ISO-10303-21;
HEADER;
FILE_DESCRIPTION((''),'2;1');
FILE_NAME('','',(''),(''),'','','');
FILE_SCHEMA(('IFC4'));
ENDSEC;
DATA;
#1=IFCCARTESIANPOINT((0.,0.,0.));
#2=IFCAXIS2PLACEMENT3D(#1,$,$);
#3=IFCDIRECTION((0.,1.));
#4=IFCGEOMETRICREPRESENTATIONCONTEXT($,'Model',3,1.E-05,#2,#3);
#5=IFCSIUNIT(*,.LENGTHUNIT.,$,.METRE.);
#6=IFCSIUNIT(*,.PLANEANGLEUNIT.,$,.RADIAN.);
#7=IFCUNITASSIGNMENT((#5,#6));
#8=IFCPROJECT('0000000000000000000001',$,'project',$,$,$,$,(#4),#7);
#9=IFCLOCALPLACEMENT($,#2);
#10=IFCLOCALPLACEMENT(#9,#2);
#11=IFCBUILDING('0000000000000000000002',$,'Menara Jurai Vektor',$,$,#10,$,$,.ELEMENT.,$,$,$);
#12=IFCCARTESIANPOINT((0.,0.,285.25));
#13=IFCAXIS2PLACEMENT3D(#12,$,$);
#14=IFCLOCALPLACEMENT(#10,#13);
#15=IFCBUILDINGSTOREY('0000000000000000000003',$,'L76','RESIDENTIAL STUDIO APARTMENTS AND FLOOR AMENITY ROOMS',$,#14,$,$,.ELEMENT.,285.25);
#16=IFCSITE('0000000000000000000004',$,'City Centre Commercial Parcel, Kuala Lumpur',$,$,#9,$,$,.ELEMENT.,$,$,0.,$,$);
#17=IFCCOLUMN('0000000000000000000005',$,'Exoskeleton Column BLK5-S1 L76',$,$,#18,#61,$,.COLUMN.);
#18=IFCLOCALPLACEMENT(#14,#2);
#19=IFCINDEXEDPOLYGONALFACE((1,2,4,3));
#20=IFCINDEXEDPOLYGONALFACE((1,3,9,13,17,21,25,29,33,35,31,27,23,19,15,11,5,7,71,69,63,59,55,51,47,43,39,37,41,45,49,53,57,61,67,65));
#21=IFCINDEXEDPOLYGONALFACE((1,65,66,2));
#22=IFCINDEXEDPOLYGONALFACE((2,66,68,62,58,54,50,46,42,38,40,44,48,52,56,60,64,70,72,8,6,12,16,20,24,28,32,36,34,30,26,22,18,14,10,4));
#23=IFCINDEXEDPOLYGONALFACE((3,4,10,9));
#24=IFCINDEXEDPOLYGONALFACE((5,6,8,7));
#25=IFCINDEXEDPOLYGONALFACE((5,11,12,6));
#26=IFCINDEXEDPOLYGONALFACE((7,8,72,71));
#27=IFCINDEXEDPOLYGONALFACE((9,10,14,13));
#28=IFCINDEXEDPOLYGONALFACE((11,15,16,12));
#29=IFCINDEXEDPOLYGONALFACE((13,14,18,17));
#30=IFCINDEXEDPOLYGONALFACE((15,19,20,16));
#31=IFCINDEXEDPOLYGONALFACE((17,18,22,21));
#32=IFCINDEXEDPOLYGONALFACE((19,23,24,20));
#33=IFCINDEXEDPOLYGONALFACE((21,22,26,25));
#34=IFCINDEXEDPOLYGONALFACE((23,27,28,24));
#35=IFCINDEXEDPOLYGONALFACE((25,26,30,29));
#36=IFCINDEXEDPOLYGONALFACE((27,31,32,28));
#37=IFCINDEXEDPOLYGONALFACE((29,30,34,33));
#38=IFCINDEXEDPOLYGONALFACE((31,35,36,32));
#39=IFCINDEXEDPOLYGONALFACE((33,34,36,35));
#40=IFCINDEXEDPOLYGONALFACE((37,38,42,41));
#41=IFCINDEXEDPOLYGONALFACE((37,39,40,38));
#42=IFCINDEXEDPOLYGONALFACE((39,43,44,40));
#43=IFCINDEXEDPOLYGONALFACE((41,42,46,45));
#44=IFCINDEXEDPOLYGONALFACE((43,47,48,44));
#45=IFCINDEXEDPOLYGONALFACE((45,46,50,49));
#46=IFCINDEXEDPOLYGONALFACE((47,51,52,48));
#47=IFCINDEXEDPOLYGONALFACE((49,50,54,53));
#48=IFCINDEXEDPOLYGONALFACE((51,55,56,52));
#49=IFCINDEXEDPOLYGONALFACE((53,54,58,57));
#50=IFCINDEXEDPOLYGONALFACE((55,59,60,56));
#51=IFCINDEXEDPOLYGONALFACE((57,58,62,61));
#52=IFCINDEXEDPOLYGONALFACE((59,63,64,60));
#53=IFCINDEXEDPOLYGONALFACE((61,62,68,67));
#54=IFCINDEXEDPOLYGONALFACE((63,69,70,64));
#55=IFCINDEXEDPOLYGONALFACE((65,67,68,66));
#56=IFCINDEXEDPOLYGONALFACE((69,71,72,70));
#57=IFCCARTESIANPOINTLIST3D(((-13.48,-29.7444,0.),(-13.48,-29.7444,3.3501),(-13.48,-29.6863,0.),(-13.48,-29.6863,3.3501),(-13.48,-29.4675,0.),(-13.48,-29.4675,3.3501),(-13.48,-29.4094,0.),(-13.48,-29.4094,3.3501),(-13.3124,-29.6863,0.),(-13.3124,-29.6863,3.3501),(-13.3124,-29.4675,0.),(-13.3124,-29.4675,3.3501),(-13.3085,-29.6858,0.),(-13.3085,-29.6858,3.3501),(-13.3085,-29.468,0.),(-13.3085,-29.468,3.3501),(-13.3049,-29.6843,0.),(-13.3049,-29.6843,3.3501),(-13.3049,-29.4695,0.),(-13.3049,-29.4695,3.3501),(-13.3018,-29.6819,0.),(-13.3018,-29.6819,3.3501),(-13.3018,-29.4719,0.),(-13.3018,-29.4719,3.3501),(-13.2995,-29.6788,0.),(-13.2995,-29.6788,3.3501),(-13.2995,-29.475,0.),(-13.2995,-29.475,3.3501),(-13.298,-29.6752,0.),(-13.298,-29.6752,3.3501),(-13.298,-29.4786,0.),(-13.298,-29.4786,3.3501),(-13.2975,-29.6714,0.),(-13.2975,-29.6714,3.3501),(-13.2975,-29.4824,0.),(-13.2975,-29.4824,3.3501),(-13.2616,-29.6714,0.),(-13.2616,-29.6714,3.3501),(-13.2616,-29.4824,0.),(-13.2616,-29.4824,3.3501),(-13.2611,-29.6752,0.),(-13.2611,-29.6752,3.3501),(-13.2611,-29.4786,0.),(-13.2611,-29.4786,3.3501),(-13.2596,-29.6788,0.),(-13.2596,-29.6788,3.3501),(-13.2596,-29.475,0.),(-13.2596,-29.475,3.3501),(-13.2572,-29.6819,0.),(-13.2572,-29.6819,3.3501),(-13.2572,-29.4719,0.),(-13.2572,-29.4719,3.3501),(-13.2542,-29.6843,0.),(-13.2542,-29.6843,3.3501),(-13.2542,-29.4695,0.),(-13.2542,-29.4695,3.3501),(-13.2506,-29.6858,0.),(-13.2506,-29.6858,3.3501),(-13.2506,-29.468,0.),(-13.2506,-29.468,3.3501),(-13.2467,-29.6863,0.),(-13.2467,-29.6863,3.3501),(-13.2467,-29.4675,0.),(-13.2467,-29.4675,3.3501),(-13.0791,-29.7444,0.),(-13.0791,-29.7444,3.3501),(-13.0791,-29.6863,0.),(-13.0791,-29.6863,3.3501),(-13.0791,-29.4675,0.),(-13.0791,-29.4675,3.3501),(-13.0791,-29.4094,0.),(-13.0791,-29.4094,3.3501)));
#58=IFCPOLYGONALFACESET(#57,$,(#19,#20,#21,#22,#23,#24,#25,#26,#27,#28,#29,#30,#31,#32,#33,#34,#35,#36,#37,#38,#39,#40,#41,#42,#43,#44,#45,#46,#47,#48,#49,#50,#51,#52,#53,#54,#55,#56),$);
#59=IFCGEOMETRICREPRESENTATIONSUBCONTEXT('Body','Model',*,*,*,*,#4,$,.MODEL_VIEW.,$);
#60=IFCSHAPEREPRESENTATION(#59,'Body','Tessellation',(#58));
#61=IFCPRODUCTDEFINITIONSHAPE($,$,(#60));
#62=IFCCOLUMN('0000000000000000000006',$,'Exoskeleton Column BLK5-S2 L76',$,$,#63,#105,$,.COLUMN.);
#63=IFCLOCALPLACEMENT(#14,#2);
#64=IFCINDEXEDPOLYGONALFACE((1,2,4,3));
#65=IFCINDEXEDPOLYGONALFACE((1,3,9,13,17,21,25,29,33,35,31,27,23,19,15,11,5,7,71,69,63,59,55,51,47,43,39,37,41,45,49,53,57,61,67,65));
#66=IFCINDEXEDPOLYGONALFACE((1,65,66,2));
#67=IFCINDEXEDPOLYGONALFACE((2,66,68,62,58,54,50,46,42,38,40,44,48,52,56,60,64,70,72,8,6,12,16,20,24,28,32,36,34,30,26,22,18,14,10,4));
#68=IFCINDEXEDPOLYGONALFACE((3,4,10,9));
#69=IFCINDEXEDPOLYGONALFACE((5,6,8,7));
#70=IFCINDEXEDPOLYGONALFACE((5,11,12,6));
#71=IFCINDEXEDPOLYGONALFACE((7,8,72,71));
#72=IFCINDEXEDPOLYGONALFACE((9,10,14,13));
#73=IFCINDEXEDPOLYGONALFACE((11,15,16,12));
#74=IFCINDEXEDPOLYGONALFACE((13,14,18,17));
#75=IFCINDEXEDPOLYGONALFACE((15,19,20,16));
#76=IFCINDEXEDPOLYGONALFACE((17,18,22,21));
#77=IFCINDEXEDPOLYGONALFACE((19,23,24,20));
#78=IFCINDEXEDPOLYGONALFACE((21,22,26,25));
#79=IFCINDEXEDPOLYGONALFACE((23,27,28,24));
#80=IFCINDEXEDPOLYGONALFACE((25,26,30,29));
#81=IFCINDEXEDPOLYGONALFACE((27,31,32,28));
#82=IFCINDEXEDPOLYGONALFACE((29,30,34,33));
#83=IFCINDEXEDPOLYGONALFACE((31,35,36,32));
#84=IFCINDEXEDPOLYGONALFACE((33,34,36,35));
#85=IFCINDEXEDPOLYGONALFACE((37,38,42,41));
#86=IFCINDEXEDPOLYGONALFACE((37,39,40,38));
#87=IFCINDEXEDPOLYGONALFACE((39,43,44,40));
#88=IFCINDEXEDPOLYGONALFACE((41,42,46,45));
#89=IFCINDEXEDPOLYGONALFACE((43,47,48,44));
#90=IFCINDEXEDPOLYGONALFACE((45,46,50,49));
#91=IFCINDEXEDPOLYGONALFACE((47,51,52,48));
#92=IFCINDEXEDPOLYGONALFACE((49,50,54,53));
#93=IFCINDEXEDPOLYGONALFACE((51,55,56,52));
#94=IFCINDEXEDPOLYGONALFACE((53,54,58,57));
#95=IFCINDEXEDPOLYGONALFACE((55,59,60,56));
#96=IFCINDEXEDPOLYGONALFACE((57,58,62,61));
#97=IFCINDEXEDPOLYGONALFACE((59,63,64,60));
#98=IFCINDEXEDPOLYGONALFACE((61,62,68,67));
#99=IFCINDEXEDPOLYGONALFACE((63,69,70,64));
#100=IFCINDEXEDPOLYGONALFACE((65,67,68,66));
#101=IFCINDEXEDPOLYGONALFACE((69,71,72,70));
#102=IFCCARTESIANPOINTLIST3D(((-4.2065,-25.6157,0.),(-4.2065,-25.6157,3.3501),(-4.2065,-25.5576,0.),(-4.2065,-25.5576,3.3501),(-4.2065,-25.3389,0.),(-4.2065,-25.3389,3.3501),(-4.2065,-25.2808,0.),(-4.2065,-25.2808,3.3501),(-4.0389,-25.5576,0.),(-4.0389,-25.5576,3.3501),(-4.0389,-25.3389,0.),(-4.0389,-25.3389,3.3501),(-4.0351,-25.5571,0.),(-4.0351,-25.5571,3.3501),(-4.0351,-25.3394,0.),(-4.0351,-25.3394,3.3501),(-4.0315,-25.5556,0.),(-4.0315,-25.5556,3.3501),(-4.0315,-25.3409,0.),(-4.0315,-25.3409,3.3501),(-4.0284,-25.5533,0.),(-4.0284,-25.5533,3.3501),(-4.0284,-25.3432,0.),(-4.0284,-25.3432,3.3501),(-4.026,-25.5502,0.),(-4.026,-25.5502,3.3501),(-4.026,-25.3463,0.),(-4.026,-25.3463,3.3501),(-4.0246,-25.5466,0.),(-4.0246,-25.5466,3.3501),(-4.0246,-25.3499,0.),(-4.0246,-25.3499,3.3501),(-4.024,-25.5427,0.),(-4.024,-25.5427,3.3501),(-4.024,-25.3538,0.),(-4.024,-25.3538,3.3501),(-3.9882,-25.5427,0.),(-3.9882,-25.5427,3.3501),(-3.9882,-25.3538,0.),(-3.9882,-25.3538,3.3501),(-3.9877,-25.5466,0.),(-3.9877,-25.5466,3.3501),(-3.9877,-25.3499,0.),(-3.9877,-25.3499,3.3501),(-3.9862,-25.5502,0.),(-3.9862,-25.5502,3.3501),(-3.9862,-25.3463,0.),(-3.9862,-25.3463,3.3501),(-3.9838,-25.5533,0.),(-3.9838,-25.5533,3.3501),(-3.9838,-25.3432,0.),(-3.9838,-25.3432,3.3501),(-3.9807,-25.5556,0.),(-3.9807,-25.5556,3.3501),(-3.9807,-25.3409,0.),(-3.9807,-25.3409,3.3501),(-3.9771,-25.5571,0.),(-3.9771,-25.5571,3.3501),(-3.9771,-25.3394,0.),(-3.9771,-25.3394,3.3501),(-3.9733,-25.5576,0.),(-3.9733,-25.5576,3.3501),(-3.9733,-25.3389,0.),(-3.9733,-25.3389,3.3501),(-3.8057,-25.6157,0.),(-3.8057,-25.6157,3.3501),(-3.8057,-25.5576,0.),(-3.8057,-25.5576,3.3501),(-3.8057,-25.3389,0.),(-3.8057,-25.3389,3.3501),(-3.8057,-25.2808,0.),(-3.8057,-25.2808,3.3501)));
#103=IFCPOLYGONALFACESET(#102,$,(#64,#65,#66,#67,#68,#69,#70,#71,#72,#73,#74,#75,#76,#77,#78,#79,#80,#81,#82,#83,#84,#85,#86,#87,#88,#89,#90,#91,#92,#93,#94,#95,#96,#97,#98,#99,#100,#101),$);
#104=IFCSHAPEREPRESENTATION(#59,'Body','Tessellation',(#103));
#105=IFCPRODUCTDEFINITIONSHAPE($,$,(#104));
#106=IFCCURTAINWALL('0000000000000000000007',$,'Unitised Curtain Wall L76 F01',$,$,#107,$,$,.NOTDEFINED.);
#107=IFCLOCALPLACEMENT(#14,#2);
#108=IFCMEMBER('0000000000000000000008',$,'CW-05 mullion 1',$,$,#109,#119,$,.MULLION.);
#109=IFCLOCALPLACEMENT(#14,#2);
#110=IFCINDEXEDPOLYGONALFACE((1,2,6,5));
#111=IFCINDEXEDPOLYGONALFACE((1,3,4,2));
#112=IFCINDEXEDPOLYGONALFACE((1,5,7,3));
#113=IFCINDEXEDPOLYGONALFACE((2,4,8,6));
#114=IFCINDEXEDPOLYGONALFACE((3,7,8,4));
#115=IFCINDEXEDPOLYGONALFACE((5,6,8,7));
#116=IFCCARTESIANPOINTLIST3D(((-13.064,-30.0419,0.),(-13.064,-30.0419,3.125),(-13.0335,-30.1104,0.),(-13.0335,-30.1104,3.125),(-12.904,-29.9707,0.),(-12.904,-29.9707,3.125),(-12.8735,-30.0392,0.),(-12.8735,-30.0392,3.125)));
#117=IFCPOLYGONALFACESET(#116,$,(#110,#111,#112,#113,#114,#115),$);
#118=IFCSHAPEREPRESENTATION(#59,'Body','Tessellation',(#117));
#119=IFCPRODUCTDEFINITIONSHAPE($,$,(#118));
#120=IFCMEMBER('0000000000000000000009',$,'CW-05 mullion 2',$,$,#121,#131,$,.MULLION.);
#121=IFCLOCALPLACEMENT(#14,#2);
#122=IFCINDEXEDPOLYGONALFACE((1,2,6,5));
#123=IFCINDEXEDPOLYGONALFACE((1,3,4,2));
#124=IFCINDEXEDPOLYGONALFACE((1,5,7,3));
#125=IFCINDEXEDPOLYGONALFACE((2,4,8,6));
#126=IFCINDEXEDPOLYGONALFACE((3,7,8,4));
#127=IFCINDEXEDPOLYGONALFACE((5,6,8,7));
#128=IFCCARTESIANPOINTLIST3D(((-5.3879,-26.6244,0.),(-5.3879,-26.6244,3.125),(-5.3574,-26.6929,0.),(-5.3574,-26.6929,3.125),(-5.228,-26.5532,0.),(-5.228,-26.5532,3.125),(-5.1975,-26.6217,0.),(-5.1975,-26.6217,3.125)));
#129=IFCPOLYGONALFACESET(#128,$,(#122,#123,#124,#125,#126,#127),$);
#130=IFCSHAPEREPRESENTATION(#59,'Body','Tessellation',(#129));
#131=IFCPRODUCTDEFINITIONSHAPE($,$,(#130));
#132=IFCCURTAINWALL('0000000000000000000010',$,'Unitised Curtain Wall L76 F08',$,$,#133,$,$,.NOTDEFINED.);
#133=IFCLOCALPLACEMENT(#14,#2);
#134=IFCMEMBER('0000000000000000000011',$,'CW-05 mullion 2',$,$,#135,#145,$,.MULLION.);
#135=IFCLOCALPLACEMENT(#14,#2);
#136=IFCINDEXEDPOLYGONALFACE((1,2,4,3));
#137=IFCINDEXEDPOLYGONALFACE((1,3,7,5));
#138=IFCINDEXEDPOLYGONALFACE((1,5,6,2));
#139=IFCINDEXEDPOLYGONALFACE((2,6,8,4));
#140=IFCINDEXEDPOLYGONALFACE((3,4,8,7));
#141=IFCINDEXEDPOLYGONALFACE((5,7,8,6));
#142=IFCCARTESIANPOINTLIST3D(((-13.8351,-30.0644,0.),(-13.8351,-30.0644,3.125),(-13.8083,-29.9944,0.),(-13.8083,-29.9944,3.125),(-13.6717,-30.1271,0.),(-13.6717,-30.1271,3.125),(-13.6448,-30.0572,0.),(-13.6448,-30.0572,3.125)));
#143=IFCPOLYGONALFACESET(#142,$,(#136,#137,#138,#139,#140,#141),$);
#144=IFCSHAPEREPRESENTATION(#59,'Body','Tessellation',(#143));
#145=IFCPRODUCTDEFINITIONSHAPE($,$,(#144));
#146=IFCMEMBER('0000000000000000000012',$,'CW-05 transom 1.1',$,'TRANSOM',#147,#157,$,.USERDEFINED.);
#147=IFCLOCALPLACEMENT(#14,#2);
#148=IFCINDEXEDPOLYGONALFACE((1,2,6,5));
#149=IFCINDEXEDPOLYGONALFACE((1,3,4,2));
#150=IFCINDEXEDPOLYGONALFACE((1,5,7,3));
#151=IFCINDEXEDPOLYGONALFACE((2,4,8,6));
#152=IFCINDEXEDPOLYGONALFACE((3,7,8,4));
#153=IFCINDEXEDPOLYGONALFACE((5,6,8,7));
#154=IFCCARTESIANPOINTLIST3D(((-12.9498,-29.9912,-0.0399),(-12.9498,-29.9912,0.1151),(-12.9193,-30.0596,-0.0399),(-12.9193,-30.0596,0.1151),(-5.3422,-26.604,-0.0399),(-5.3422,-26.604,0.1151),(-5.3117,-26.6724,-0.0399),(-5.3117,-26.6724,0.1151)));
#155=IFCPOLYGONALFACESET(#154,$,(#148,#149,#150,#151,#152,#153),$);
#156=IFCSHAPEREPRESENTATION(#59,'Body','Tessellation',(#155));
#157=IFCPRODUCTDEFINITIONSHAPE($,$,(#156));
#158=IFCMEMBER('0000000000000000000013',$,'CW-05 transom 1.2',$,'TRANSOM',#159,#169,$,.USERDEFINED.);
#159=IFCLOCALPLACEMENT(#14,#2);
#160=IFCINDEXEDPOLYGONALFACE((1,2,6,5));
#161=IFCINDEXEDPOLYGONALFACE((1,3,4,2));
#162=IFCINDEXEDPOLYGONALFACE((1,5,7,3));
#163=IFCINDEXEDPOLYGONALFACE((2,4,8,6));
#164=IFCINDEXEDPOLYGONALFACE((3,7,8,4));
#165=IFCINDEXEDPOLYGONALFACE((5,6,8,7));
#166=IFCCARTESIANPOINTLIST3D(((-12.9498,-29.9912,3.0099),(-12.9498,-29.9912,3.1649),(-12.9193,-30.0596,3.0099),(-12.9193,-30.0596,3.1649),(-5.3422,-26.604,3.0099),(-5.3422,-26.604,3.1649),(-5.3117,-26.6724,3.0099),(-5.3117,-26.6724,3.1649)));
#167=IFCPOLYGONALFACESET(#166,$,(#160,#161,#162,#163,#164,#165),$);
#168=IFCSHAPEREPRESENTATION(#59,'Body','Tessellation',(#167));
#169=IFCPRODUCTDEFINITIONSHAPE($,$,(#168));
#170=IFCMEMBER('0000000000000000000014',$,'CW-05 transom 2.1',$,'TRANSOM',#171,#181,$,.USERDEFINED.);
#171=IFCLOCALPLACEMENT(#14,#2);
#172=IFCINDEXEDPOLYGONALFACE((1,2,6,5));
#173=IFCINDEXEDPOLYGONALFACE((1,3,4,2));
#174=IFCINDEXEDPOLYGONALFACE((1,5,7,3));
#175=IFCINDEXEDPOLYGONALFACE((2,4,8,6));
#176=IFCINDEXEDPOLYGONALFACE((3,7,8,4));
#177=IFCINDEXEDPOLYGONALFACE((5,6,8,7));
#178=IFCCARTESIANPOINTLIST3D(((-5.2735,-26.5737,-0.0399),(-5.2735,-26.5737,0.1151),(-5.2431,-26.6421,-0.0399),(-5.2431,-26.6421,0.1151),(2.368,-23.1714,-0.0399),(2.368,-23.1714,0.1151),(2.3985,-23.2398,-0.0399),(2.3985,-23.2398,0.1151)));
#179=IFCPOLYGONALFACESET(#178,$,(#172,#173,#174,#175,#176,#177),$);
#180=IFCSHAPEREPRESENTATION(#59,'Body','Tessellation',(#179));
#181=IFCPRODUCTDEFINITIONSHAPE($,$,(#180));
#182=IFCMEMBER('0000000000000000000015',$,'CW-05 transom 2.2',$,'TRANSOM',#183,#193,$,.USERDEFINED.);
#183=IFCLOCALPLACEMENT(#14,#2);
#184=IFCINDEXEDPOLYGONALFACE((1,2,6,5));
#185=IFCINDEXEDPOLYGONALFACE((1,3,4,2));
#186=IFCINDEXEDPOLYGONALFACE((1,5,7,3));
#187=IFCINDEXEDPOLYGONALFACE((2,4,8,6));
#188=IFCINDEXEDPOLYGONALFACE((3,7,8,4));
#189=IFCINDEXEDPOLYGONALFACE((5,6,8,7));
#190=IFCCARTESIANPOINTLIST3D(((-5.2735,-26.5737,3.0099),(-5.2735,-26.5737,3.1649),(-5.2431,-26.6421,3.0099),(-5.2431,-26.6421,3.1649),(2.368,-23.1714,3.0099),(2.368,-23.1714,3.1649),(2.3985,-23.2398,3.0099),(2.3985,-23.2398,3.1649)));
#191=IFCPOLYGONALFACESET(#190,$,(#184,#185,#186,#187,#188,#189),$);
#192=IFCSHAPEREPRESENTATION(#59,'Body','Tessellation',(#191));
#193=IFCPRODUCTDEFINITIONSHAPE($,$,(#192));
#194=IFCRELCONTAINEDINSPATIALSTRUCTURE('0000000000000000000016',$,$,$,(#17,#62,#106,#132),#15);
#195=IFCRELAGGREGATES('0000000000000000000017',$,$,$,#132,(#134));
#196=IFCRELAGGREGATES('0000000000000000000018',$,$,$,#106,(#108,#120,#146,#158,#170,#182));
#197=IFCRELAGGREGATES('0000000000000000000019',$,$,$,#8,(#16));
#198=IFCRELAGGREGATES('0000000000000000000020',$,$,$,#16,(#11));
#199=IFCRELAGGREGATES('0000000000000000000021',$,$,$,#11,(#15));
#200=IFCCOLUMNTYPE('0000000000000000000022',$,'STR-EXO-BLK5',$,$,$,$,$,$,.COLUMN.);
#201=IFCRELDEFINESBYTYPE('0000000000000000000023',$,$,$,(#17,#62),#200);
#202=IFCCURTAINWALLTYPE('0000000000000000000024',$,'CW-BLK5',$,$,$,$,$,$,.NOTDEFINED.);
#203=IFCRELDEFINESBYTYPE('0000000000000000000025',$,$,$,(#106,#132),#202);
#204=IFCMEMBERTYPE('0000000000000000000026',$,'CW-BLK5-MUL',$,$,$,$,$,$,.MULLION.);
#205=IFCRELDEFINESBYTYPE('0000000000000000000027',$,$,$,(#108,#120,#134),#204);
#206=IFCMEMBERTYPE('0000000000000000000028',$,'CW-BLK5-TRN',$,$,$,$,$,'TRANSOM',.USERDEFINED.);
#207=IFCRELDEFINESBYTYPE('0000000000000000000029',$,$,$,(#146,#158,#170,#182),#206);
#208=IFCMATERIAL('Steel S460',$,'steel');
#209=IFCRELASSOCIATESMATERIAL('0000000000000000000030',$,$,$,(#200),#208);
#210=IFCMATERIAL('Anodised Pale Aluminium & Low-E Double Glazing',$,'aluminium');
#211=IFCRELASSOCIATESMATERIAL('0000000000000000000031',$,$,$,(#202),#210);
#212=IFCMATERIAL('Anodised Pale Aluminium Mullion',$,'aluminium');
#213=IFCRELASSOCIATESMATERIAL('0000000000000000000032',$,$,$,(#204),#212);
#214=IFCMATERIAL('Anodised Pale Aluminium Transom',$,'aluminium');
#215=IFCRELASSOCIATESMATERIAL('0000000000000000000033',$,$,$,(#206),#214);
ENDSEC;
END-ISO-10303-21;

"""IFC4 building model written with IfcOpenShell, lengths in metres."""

from ifc_helpers import new_model, si_unit, direction, frame, origin, origin_2d, place, context, subcontext, project, spatial, rectangle, i_section, extrude, material, material_profile, profile_set, type_object, element, aggregate, save


model = new_model("IFC4")

# Units and contexts
model_context = context("Model", 3, precision=1e-05, world=origin(), true_north=direction((0.0, 1.0)))
body_context = subcontext(model_context, "Body", "Model", "MODEL_VIEW")
ifc_project = project(units=[si_unit("LENGTHUNIT", "METRE"), si_unit("PLANEANGLEUNIT", "RADIAN")], contexts=[model_context])

# Site, building, storey
site_placement = place(None, origin())
site = spatial("IfcSite", under=ifc_project, at=site_placement, Name="City Centre Commercial Parcel, Kuala Lumpur", CompositionType="ELEMENT", RefElevation=0.0)
building_placement = place(site_placement, origin())
building = spatial("IfcBuilding", under=site, at=building_placement, Name="Menara Jurai Vektor", CompositionType="ELEMENT")
storey_placement = place(building_placement, frame((0.0, 0.0, 285.25)))
storey = spatial("IfcBuildingStorey", under=building, at=storey_placement, Name="L76", Description="RESIDENTIAL STUDIO APARTMENTS AND FLOOR AMENITY ROOMS", CompositionType="ELEMENT", Elevation=285.25)

# Columns
ifc_material_1 = material(Name="Steel S460", Category="steel")
ifc_material_profile_1 = material_profile(ifc_material_1, i_section(OverallWidth=0.4009, OverallDepth=0.335, WebThickness=0.0359, FlangeThickness=0.0581, FilletRadius=0.0149, at=origin_2d()), Name="HD 400x463")
ifc_profile_set_1 = profile_set([ifc_material_profile_1], Name="Steel S460")
column_type = type_object("IfcColumnType", Name="STR-EXO-BLK5", PredefinedType="COLUMN", material=ifc_profile_set_1)
for number, where, z_axis, x_axis, name in (
    (1, (-13.2795, -29.5769, 0.0), (0.0, 0.0, 1.0), (1.0, 0.0, 0.0), "Exoskeleton Column BLK5-S1 L76"),
    (2, (-4.0061, -25.4482, 0.0), (0.0, 0.0, 1.0), (1.0, 0.0, 0.0), "Exoskeleton Column BLK5-S2 L76"),
):
    element("IfcColumn", number, at=place(storey_placement, frame(where, z_axis=z_axis, x_axis=x_axis)), inside=storey, type_object=column_type, Name=name, PredefinedType="COLUMN", context=body_context, shape_type="SweptSolid", body=[
        extrude(i_section(OverallWidth=0.4009, OverallDepth=0.335, WebThickness=0.0359, FlangeThickness=0.0581, FilletRadius=0.0149, at=origin_2d()), origin(), (0.0, 0.0, 1.0), 3.3501),
    ])

# Curtain wall, members
ifc_material_2 = material(Name="Anodised Pale Aluminium & Low-E Double Glazing", Category="aluminium")
curtain_wall_type = type_object("IfcCurtainWallType", Name="CW-BLK5", PredefinedType="NOTDEFINED", material=ifc_material_2)
curtain_wall_1_placement = place(storey_placement, origin())
curtain_wall_1 = element("IfcCurtainWall", 3, at=curtain_wall_1_placement, inside=storey, type_object=curtain_wall_type, Name="Unitised Curtain Wall L76 F01", PredefinedType="NOTDEFINED")
ifc_material_3 = material(Name="Anodised Pale Aluminium Mullion", Category="aluminium")
ifc_material_profile_2 = material_profile(ifc_material_3, rectangle(XDim=0.075, YDim=0.175, at=origin_2d()), Name="ALU MUL 75x175")
ifc_profile_set_2 = profile_set([ifc_material_profile_2], Name="Anodised Pale Aluminium Mullion")
member_type_1 = type_object("IfcMemberType", Name="CW-BLK5-MUL", PredefinedType="MULLION", material=ifc_profile_set_2)
member_1_placement = place(storey_placement, frame((-12.9688, -30.0405, 0.0), z_axis=(0.0, 0.0, 1.0), x_axis=(-0.406735, 0.913546, 0.0)))
member_1 = element("IfcMember", 4, at=member_1_placement, type_object=member_type_1, Name="CW-05 mullion 1", PredefinedType="MULLION", context=body_context, shape_type="SweptSolid", body=[
    extrude(rectangle(XDim=0.075, YDim=0.175, at=origin_2d()), origin(), (0.0, 0.0, 1.0), 3.125),
])
member_2_placement = place(storey_placement, frame((-5.2927, -26.623, 0.0), z_axis=(0.0, 0.0, 1.0), x_axis=(-0.406735, 0.913546, 0.0)))
member_2 = element("IfcMember", 5, at=member_2_placement, type_object=member_type_1, Name="CW-05 mullion 2", PredefinedType="MULLION", context=body_context, shape_type="SweptSolid", body=[
    extrude(rectangle(XDim=0.075, YDim=0.175, at=origin_2d()), origin(), (0.0, 0.0, 1.0), 3.125),
])

# Curtain wall, member
curtain_wall_2_placement = place(storey_placement, origin())
curtain_wall_2 = element("IfcCurtainWall", 6, at=curtain_wall_2_placement, inside=storey, type_object=curtain_wall_type, Name="Unitised Curtain Wall L76 F08", PredefinedType="NOTDEFINED")
member_3_placement = place(storey_placement, frame((-13.74, -30.0608, 0.0), z_axis=(0.0, 0.0, 1.0), x_axis=(0.358374, 0.933578, 0.0)))
member_3 = element("IfcMember", 7, at=member_3_placement, type_object=member_type_1, Name="CW-05 mullion 2", PredefinedType="MULLION", context=body_context, shape_type="SweptSolid", body=[
    extrude(rectangle(XDim=0.075, YDim=0.175, at=origin_2d()), origin(), (0.0, 0.0, 1.0), 3.125),
])
aggregate(curtain_wall_2, [member_3])

# Members
ifc_material_4 = material(Name="Anodised Pale Aluminium Transom", Category="aluminium")
ifc_material_profile_3 = material_profile(ifc_material_4, rectangle(XDim=0.075, YDim=0.155, at=origin_2d()), Name="ALU TRN 75x155")
ifc_profile_set_3 = profile_set([ifc_material_profile_3], Name="Anodised Pale Aluminium Transom")
member_type_2 = type_object("IfcMemberType", Name="CW-BLK5-TRN", ElementType="TRANSOM", PredefinedType="USERDEFINED", material=ifc_profile_set_3)
member_4_placement = place(storey_placement, frame((-12.9346, -30.0254, 0.0376), z_axis=(0.913543, 0.406742, 0.0), x_axis=(-0.406742, 0.913543, 0.0)))
member_4 = element("IfcMember", 8, at=member_4_placement, type_object=member_type_2, Name="CW-05 transom 1.1", ObjectType="TRANSOM", PredefinedType="USERDEFINED", context=body_context, shape_type="SweptSolid", body=[
    extrude(rectangle(XDim=0.075, YDim=0.155, at=origin_2d()), origin(), (0.0, 0.0, 1.0), 8.3276),
])
member_5_placement = place(storey_placement, frame((-12.9346, -30.0254, 3.0874), z_axis=(0.913543, 0.406742, 0.0), x_axis=(-0.406742, 0.913543, 0.0)))
member_5 = element("IfcMember", 9, at=member_5_placement, type_object=member_type_2, Name="CW-05 transom 1.2", ObjectType="TRANSOM", PredefinedType="USERDEFINED", context=body_context, shape_type="SweptSolid", body=[
    extrude(rectangle(XDim=0.075, YDim=0.155, at=origin_2d()), origin(), (0.0, 0.0, 1.0), 8.3276),
])
member_6_placement = place(storey_placement, frame((-5.2583, -26.6079, 0.0376), z_axis=(0.913542, 0.406745, 0.0), x_axis=(-0.406745, 0.913542, 0.0)))
member_6 = element("IfcMember", 10, at=member_6_placement, type_object=member_type_2, Name="CW-05 transom 2.1", ObjectType="TRANSOM", PredefinedType="USERDEFINED", context=body_context, shape_type="SweptSolid", body=[
    extrude(rectangle(XDim=0.075, YDim=0.155, at=origin_2d()), origin(), (0.0, 0.0, 1.0), 8.3647),
])
member_7_placement = place(storey_placement, frame((-5.2583, -26.6079, 3.0874), z_axis=(0.913542, 0.406745, 0.0), x_axis=(-0.406745, 0.913542, 0.0)))
member_7 = element("IfcMember", 11, at=member_7_placement, type_object=member_type_2, Name="CW-05 transom 2.2", ObjectType="TRANSOM", PredefinedType="USERDEFINED", context=body_context, shape_type="SweptSolid", body=[
    extrude(rectangle(XDim=0.075, YDim=0.155, at=origin_2d()), origin(), (0.0, 0.0, 1.0), 8.3647),
])

aggregate(curtain_wall_1, [member_1, member_2, member_4, member_5, member_6, member_7])

save(model, "model.ifc")
